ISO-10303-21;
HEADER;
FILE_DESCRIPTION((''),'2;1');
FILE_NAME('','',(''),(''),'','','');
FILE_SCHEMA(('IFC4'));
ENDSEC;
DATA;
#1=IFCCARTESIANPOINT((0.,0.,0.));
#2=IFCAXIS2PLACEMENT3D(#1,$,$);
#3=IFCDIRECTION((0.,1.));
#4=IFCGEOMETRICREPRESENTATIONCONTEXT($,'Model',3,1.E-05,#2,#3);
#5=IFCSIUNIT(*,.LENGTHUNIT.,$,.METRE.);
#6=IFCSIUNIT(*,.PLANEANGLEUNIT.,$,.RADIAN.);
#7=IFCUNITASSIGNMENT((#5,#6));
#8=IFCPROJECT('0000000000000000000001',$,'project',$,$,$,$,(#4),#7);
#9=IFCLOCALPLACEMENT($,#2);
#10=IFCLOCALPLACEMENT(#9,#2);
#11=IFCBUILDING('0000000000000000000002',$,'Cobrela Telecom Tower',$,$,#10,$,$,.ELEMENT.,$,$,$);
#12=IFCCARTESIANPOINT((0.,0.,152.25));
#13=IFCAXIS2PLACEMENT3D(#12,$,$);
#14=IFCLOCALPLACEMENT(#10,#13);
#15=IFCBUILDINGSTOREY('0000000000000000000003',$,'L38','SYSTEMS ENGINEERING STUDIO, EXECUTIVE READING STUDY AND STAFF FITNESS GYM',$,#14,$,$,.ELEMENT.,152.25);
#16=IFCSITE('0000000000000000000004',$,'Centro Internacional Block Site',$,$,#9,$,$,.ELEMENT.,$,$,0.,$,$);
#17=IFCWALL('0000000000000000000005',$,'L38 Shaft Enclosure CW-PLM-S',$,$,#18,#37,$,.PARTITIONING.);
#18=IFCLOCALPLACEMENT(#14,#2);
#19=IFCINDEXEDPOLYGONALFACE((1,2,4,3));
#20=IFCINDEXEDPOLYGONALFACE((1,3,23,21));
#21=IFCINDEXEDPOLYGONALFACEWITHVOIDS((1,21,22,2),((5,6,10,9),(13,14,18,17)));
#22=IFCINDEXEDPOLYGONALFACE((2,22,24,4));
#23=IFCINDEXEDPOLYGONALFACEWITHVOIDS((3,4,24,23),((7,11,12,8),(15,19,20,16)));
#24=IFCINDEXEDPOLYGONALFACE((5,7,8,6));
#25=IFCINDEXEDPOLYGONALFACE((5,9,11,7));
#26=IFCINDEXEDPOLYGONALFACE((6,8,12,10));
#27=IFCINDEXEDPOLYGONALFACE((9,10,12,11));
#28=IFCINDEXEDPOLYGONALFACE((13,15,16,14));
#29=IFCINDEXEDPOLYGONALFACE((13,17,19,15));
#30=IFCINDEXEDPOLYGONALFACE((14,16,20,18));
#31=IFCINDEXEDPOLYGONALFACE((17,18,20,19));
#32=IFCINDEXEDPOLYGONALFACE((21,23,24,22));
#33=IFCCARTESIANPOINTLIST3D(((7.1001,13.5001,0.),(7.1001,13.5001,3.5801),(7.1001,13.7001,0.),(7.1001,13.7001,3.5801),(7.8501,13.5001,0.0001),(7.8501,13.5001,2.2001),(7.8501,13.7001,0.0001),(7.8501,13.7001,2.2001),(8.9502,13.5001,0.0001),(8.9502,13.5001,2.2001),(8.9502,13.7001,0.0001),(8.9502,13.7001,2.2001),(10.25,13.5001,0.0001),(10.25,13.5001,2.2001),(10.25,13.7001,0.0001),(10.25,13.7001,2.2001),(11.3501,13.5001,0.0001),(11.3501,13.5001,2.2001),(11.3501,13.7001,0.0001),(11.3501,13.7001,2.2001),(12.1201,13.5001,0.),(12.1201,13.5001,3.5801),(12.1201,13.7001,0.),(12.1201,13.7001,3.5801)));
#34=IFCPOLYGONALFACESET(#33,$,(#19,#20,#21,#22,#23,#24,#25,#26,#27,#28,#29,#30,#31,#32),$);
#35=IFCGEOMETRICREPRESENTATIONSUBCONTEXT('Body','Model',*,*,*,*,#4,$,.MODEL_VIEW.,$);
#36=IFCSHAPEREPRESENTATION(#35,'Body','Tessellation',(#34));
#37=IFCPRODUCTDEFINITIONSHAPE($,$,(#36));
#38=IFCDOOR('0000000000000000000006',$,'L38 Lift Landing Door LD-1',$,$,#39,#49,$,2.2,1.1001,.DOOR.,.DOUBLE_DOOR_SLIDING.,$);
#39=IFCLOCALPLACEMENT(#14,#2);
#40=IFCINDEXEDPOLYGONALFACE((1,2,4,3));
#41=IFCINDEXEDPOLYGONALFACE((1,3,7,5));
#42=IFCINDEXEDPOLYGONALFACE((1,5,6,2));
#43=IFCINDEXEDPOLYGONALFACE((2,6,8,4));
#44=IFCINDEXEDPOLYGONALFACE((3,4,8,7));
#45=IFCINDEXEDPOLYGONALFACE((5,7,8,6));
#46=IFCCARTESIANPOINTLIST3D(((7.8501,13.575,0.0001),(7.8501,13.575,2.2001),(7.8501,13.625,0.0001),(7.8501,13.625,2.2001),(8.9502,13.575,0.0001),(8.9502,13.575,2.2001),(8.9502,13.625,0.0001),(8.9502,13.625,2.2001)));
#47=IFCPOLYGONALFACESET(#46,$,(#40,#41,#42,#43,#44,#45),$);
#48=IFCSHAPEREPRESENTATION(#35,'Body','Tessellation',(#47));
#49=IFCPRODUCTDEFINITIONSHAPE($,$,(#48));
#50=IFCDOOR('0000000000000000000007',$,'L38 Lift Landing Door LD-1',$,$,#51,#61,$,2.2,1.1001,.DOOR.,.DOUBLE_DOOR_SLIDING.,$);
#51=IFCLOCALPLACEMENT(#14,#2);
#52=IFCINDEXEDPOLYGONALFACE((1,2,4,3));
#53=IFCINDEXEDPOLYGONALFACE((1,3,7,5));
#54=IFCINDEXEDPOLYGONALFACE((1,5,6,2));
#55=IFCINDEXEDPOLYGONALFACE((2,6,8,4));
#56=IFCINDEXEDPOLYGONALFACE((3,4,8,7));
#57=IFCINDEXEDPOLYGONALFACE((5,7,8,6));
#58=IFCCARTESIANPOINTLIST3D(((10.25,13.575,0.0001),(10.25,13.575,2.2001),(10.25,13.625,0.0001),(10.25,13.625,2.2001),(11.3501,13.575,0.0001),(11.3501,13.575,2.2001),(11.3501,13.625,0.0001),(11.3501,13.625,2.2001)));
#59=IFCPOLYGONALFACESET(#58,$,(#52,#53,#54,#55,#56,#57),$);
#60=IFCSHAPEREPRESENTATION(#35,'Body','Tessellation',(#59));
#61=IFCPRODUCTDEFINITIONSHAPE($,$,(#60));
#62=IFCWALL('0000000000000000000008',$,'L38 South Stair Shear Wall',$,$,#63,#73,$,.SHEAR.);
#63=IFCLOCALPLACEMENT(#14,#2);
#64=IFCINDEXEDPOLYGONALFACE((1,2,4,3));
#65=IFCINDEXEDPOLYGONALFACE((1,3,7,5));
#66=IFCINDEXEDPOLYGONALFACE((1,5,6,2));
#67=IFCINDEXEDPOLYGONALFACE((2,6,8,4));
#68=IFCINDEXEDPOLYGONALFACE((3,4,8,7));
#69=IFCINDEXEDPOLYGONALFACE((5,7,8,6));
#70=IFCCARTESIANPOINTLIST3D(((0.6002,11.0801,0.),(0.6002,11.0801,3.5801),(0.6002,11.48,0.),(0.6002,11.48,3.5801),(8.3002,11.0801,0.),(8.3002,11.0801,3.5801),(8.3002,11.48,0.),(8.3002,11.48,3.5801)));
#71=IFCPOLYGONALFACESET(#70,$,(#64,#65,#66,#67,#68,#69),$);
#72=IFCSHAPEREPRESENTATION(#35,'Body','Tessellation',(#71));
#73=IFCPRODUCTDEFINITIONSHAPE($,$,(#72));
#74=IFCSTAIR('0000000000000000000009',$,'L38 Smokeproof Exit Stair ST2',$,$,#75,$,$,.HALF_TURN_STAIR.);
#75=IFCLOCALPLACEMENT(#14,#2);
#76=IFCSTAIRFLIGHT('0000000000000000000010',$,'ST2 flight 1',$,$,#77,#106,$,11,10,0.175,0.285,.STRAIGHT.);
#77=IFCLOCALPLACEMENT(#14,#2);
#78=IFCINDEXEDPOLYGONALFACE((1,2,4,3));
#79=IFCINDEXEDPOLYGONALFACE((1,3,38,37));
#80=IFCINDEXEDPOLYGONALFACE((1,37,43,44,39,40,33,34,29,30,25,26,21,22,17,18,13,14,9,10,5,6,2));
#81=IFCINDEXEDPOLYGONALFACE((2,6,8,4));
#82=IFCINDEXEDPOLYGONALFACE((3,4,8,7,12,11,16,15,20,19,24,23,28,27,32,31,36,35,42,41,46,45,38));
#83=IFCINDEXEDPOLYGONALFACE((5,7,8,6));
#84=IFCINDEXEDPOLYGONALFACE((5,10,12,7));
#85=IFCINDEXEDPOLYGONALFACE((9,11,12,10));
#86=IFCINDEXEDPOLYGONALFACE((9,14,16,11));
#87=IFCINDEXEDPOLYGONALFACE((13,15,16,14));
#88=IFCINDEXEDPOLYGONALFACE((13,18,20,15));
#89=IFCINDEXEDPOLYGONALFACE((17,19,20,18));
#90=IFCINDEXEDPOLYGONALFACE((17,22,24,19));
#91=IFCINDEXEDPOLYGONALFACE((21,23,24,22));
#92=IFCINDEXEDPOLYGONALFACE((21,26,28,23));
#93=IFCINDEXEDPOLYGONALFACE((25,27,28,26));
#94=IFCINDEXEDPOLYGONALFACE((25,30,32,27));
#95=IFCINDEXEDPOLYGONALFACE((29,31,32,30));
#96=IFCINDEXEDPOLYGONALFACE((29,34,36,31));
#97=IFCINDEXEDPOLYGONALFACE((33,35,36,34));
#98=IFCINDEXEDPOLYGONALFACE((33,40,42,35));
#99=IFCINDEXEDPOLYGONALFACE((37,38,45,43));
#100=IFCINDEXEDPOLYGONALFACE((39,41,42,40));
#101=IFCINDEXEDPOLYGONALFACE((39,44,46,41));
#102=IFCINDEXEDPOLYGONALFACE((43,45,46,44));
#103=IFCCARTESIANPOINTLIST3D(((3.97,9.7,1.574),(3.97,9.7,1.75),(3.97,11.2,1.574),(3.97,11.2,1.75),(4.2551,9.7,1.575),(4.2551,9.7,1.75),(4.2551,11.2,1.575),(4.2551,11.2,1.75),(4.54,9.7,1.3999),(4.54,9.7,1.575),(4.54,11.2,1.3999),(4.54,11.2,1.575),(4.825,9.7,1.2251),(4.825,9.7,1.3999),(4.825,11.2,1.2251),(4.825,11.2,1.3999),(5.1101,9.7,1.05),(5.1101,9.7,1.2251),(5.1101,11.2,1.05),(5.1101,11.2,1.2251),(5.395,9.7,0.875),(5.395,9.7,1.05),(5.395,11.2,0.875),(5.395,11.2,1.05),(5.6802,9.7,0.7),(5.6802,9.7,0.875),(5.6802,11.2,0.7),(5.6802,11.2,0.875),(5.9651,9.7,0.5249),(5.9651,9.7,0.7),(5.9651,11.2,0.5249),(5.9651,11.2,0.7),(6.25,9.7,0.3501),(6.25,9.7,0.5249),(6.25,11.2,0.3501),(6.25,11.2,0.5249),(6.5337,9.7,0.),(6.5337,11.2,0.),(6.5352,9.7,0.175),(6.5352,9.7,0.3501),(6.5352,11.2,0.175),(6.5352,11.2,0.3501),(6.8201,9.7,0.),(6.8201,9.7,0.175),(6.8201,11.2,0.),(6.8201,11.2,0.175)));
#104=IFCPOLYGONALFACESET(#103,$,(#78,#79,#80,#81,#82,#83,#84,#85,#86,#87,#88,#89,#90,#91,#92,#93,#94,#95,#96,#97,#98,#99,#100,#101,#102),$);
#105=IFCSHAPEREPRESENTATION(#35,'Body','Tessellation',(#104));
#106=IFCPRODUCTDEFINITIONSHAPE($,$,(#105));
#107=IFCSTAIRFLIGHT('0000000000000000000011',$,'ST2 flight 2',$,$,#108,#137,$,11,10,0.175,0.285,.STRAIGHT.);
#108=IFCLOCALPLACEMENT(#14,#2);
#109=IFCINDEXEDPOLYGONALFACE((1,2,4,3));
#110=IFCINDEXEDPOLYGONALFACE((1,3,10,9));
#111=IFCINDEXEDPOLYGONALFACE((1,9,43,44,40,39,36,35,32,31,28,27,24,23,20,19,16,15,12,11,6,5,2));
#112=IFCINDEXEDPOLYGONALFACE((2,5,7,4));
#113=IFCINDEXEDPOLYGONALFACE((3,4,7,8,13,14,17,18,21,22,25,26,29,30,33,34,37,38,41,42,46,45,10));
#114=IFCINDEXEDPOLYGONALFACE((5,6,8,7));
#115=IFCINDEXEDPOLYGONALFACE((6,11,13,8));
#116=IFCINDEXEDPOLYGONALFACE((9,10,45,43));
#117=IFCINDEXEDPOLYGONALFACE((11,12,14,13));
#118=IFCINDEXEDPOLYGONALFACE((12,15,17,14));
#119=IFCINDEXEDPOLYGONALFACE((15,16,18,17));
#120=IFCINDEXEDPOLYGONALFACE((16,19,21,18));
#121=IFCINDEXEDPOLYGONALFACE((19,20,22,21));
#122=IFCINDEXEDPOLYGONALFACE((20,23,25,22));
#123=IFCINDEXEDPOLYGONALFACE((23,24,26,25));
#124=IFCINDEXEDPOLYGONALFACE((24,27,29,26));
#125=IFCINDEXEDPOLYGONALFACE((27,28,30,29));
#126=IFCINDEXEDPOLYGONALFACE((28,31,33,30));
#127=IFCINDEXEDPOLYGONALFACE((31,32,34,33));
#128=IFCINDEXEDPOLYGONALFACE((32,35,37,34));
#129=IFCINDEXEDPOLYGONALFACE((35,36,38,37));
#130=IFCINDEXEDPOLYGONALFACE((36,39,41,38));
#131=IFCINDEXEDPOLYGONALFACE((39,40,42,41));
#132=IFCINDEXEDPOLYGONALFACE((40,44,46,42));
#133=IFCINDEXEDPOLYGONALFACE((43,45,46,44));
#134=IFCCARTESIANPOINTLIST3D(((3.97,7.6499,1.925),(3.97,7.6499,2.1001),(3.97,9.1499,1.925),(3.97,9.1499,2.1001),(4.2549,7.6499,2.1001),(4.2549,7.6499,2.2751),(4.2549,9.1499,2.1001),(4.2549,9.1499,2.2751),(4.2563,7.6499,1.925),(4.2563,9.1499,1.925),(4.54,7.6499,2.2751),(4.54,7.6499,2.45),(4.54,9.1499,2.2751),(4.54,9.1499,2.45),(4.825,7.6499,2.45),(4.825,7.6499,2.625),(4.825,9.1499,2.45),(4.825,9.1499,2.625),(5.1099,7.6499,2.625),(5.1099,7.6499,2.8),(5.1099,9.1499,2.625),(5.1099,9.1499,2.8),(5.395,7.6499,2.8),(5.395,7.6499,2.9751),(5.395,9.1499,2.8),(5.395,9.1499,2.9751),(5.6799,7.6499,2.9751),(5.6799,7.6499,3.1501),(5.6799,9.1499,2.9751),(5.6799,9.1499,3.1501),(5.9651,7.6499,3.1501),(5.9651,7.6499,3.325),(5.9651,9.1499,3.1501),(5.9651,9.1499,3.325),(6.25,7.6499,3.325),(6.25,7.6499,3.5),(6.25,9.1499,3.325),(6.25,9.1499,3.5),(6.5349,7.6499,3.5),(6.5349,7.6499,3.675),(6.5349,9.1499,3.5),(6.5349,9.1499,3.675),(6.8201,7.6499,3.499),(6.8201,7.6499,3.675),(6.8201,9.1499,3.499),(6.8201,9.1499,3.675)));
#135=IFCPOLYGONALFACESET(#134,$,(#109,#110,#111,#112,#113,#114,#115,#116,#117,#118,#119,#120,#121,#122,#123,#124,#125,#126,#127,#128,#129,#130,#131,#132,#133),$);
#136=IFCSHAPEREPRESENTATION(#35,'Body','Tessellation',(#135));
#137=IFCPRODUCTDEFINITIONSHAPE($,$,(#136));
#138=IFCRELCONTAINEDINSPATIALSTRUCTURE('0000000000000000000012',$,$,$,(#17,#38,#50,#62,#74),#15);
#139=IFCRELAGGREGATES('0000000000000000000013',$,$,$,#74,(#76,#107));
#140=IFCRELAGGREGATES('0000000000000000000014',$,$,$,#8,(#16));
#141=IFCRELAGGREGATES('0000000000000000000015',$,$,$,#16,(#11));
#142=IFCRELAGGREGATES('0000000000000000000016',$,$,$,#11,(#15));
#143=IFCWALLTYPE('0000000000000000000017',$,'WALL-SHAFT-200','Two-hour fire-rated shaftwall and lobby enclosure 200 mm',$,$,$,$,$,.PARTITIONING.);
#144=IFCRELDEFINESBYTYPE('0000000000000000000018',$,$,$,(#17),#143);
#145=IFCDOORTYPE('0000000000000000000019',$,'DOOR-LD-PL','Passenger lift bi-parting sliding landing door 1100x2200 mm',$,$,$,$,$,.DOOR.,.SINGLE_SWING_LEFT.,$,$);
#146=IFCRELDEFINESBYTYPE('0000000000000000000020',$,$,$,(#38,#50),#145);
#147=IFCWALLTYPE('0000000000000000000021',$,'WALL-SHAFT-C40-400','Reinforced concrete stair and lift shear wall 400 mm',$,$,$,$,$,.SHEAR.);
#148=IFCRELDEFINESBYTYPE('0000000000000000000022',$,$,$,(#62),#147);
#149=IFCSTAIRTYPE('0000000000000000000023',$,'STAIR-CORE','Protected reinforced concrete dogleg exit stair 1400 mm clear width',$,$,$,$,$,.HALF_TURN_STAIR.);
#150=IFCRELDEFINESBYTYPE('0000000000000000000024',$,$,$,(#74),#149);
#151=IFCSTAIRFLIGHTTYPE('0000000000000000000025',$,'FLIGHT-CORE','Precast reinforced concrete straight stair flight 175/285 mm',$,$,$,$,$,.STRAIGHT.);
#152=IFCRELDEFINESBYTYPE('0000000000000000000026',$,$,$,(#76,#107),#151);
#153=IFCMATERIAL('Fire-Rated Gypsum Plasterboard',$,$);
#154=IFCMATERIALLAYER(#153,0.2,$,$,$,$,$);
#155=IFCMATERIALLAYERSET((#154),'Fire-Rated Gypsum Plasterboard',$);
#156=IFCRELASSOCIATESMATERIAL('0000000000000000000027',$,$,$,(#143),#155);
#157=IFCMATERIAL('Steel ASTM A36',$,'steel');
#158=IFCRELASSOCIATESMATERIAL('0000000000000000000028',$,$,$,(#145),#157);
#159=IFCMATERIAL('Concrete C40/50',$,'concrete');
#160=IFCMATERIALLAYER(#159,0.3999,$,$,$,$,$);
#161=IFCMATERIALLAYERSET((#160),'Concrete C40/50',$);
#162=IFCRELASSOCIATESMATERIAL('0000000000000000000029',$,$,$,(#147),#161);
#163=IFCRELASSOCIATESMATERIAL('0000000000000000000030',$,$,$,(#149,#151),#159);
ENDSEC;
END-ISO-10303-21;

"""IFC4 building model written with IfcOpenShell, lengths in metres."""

from ifc_helpers import new_model, si_unit, direction, frame, frame_2d, origin, place, context, subcontext, project, spatial, polyline, rectangle, outline, extrude, material, layer, layer_set, type_object, element, fill, aggregate, save


model = new_model("IFC4")

# Units and contexts
model_context = context("Model", 3, precision=1e-05, world=origin(), true_north=direction((0.0, 1.0)))
body_context = subcontext(model_context, "Body", "Model", "MODEL_VIEW")
ifc_project = project(units=[si_unit("LENGTHUNIT", "METRE"), si_unit("PLANEANGLEUNIT", "RADIAN")], contexts=[model_context])

# Site, building, storey
site_placement = place(None, origin())
site = spatial("IfcSite", under=ifc_project, at=site_placement, Name="Centro Internacional Block Site", CompositionType="ELEMENT", RefElevation=0.0)
building_placement = place(site_placement, origin())
building = spatial("IfcBuilding", under=site, at=building_placement, Name="Cobrela Telecom Tower", CompositionType="ELEMENT")
storey_placement = place(building_placement, frame((0.0, 0.0, 152.25)))
storey = spatial("IfcBuildingStorey", under=building, at=storey_placement, Name="L38", Description="SYSTEMS ENGINEERING STUDIO, EXECUTIVE READING STUDY AND STAFF FITNESS GYM", CompositionType="ELEMENT", Elevation=152.25)

# Shared definitions
ifc_material_1 = material(Name="Fire-Rated Gypsum Plasterboard")

# Shared definitions
ifc_layer_1 = layer(ifc_material_1, 0.2)
ifc_layer_set_1 = layer_set([ifc_layer_1], Name="Fire-Rated Gypsum Plasterboard")
wall_type_1 = type_object("IfcWallType", Name="WALL-SHAFT-200", Description="Two-hour fire-rated shaftwall and lobby enclosure 200 mm", PredefinedType="PARTITIONING", material=ifc_layer_set_1)

# Wall, openings, doors
ifc_material_2 = material(Name="Steel ASTM A36", Category="steel")
door_type_1 = type_object("IfcDoorType", Name="DOOR-LD-PL", Description="Passenger lift bi-parting sliding landing door 1100x2200 mm", OperationType="SINGLE_SWING_LEFT", PredefinedType="DOOR", material=ifc_material_2)
wall_1_placement = place(storey_placement, frame((7.1001, 13.6001, 0.0), z_axis=(0.0, 0.0, 1.0), x_axis=(1.0, 0.0, 0.0)))
wall_1 = element("IfcWall", 1, at=wall_1_placement, inside=storey, type_object=wall_type_1, Name="L38 Shaft Enclosure CW-PLM-S", PredefinedType="PARTITIONING", context=body_context, shape_type="SweptSolid", body=[
    extrude(rectangle(XDim=5.02, YDim=0.2, at=frame_2d((2.51, 0.0))), origin(), (0.0, 0.0, 1.0), 3.5801),
])
opening_1_placement = place(wall_1_placement, frame((0.75, 0.0, 0.0)))
opening_1 = element("IfcOpeningElement", 2, at=opening_1_placement, cuts=wall_1, PredefinedType="OPENING", context=body_context, shape_type="SweptSolid", body=[
    extrude(rectangle(XDim=1.1001, YDim=2.2, at=frame_2d((0.55, 1.1001))), frame((0.0, 0.1118, 0.0), z_axis=(0.0, -1.0, 0.0), x_axis=(1.0, 0.0, 0.0)), (0.0, 0.0, 1.0), 0.2239),
])
opening_2_placement = place(wall_1_placement, frame((3.1499, 0.0, 0.0)))
opening_2 = element("IfcOpeningElement", 3, at=opening_2_placement, cuts=wall_1, PredefinedType="OPENING", context=body_context, shape_type="SweptSolid", body=[
    extrude(rectangle(XDim=1.1001, YDim=2.2, at=frame_2d((0.55, 1.1001))), frame((0.0, 0.1118, 0.0), z_axis=(0.0, -1.0, 0.0), x_axis=(1.0, 0.0, 0.0)), (0.0, 0.0, 1.0), 0.2239),
])
door_1_placement = place(opening_1_placement, origin())
door_1 = element("IfcDoor", 4, at=door_1_placement, inside=storey, type_object=door_type_1, Name="L38 Lift Landing Door LD-1", OperationType="DOUBLE_DOOR_SLIDING", OverallHeight=2.2, OverallWidth=1.1001, PredefinedType="DOOR", context=body_context, shape_type="SweptSolid", body=[
    extrude(rectangle(XDim=1.1001, YDim=2.2, at=frame_2d((0.55, 1.1001))), frame((0.0, 0.0249, 0.0), z_axis=(0.0, -1.0, 0.0), x_axis=(1.0, 0.0, 0.0)), (0.0, 0.0, 1.0), 0.05),
])
fill(opening_1, door_1)
door_2_placement = place(opening_2_placement, origin())
door_2 = element("IfcDoor", 5, at=door_2_placement, inside=storey, type_object=door_type_1, Name="L38 Lift Landing Door LD-1", OperationType="DOUBLE_DOOR_SLIDING", OverallHeight=2.2, OverallWidth=1.1001, PredefinedType="DOOR", context=body_context, shape_type="SweptSolid", body=[
    extrude(rectangle(XDim=1.1001, YDim=2.2, at=frame_2d((0.55, 1.1001))), frame((0.0, 0.0249, 0.0), z_axis=(0.0, -1.0, 0.0), x_axis=(1.0, 0.0, 0.0)), (0.0, 0.0, 1.0), 0.05),
])
fill(opening_2, door_2)

# Wall
ifc_material_3 = material(Name="Concrete C40/50", Category="concrete")
ifc_layer_2 = layer(ifc_material_3, 0.3999)
ifc_layer_set_2 = layer_set([ifc_layer_2], Name="Concrete C40/50")
wall_type_2 = type_object("IfcWallType", Name="WALL-SHAFT-C40-400", Description="Reinforced concrete stair and lift shear wall 400 mm", PredefinedType="SHEAR", material=ifc_layer_set_2)
wall_2_placement = place(storey_placement, frame((0.6001, 11.28, 0.0), z_axis=(0.0, 0.0, 1.0), x_axis=(1.0, 0.0, 0.0)))
element("IfcWall", 6, at=wall_2_placement, inside=storey, type_object=wall_type_2, Name="L38 South Stair Shear Wall", PredefinedType="SHEAR", context=body_context, shape_type="SweptSolid", body=[
    extrude(rectangle(XDim=7.7, YDim=0.3999, at=frame_2d((3.8501, 0.0))), origin(), (0.0, 0.0, 1.0), 3.5801),
])

# Stair, stair flights
stair_type = type_object("IfcStairType", Name="STAIR-CORE", Description="Protected reinforced concrete dogleg exit stair 1400 mm clear width", PredefinedType="HALF_TURN_STAIR", material=ifc_material_3)
stair_placement = place(storey_placement, origin())
stair = element("IfcStair", 7, at=stair_placement, inside=storey, type_object=stair_type, Name="L38 Smokeproof Exit Stair ST2", PredefinedType="HALF_TURN_STAIR")
stair_flight_type = type_object("IfcStairFlightType", Name="FLIGHT-CORE", Description="Precast reinforced concrete straight stair flight 175/285 mm", PredefinedType="STRAIGHT", material=ifc_material_3)
stair_flight_1_placement = place(storey_placement, frame((6.8201, 10.45, 0.0), z_axis=(0.0, 0.0, 1.0), x_axis=(-1.0, 0.0, 0.0)))
stair_flight_1 = element("IfcStairFlight", 8, at=stair_flight_1_placement, type_object=stair_flight_type, Name="ST2 flight 1", NumberOfRisers=11, NumberOfTreads=10, PredefinedType="STRAIGHT", RiserHeight=0.175, TreadLength=0.285, context=body_context, shape_type="SweptSolid", body=[
    extrude(outline(polyline([(0.0, 0.0), (0.0, 0.175), (0.2849, 0.175), (0.2849, 0.3501), (0.5701, 0.3501), (0.5701, 0.5249), (0.855, 0.5249), (0.855, 0.7), (1.1399, 0.7), (1.1399, 0.875), (1.425, 0.875), (1.425, 1.05), (1.71, 1.05), (1.71, 1.2251), (1.9951, 1.2251), (1.9951, 1.3999), (2.28, 1.3999), (2.28, 1.575), (2.5649, 1.575), (2.5649, 1.75), (2.8501, 1.75), (2.8501, 1.925), (2.8501, 1.574), (0.2864, 0.0), (0.0, 0.0)])), frame((0.0, 0.75, 0.0), z_axis=(0.0, -1.0, 0.0), x_axis=(1.0, 0.0, 0.0)), (0.0, 0.0, 1.0), 1.5),
])
stair_flight_2_placement = place(storey_placement, frame((3.97, 8.3999, 1.925), z_axis=(0.0, 0.0, 1.0), x_axis=(1.0, 0.0, 0.0)))
stair_flight_2 = element("IfcStairFlight", 9, at=stair_flight_2_placement, type_object=stair_flight_type, Name="ST2 flight 2", NumberOfRisers=11, NumberOfTreads=10, PredefinedType="STRAIGHT", RiserHeight=0.175, TreadLength=0.285, context=body_context, shape_type="SweptSolid", body=[
    extrude(outline(polyline([(0.0, 0.0), (0.0, 0.175), (0.2849, 0.175), (0.2849, 0.3501), (0.5701, 0.3501), (0.5701, 0.5249), (0.855, 0.5249), (0.855, 0.7), (1.1399, 0.7), (1.1399, 0.875), (1.425, 0.875), (1.425, 1.05), (1.71, 1.05), (1.71, 1.2251), (1.9951, 1.2251), (1.9951, 1.3999), (2.28, 1.3999), (2.28, 1.575), (2.5649, 1.575), (2.5649, 1.75), (2.8501, 1.75), (2.8501, 1.925), (2.8501, 1.574), (0.2864, 0.0), (0.0, 0.0)])), frame((0.0, 0.75, 0.0), z_axis=(0.0, -1.0, 0.0), x_axis=(1.0, 0.0, 0.0)), (0.0, 0.0, 1.0), 1.5),
])
aggregate(stair, [stair_flight_1, stair_flight_2])

save(model, "model.ifc")
